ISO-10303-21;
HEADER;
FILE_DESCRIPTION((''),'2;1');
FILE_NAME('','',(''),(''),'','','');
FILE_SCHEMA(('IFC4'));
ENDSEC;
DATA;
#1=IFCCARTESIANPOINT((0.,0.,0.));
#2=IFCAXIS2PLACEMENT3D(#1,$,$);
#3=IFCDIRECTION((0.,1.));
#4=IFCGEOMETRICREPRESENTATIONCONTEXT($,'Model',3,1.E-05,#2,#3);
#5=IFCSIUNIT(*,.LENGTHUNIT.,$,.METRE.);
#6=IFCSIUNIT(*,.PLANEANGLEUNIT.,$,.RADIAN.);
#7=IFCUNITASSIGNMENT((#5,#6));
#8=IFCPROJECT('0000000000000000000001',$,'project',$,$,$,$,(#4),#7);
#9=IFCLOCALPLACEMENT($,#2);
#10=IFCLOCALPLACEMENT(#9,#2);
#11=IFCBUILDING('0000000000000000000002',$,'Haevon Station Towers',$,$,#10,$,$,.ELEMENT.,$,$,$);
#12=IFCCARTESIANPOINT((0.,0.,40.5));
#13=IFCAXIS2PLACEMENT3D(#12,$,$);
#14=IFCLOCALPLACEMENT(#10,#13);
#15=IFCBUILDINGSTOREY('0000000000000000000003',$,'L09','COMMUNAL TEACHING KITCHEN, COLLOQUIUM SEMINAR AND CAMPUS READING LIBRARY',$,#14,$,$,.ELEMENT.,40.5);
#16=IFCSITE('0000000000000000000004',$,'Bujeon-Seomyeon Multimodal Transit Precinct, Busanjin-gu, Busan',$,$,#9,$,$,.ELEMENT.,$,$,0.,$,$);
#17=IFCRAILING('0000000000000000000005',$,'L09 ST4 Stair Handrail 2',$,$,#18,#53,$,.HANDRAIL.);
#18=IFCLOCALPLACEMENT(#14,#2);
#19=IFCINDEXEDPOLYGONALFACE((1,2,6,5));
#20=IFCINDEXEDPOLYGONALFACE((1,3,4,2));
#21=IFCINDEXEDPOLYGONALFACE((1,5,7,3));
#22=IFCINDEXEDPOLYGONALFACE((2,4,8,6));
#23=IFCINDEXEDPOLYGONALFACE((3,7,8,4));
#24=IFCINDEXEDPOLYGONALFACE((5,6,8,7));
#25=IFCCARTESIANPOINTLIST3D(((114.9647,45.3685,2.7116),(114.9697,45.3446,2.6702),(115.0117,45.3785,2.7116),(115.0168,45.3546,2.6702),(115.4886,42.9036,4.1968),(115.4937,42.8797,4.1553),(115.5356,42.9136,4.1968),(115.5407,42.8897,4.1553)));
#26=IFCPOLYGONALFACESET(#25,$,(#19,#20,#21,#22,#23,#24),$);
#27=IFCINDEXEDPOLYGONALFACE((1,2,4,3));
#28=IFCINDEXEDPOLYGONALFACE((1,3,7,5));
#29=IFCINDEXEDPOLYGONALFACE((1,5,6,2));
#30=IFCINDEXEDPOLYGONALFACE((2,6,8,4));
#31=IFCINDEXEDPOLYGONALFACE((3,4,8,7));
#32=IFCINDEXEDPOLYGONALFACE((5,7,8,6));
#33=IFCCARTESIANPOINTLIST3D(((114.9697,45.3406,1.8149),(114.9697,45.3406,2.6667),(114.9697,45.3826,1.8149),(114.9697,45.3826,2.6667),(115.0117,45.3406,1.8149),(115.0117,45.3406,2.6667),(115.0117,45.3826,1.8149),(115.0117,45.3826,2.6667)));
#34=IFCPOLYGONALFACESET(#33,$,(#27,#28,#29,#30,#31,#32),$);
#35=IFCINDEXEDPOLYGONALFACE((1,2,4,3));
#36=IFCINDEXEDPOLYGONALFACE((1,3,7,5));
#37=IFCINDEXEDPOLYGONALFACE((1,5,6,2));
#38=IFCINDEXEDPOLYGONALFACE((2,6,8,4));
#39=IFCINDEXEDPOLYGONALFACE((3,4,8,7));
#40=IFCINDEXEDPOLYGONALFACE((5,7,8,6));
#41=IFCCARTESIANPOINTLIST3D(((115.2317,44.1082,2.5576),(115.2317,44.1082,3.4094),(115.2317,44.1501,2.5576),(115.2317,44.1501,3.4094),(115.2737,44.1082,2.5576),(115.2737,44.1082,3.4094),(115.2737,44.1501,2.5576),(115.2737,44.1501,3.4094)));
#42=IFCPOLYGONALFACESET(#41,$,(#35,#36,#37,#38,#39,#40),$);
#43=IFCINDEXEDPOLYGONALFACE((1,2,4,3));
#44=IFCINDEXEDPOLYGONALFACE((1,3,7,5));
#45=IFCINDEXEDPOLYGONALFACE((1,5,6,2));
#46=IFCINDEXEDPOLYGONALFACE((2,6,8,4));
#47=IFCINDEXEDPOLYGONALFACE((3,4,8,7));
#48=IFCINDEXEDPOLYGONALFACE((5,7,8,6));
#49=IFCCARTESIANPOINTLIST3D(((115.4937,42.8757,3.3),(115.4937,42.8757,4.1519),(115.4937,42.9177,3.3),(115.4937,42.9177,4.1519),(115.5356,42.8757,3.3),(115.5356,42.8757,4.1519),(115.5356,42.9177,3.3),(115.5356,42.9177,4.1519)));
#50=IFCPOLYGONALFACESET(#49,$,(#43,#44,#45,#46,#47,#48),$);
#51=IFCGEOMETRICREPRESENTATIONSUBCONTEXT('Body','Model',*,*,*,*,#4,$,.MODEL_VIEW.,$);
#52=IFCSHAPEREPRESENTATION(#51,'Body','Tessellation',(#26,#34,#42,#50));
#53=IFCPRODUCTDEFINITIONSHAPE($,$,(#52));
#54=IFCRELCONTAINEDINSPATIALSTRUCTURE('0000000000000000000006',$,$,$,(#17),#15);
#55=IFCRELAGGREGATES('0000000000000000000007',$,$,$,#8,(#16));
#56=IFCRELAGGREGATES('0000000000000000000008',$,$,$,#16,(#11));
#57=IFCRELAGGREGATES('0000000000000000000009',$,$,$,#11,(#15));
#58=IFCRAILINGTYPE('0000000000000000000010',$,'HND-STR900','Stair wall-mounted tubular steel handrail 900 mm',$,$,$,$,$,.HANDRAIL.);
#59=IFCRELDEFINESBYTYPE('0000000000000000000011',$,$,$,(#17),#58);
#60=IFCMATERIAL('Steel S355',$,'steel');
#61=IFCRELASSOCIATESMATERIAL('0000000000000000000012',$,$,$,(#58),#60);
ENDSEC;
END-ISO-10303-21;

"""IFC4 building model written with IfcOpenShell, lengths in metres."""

from ifc_helpers import new_model, si_unit, direction, frame, origin, origin_2d, place, context, subcontext, project, spatial, rectangle, extrude, material, type_object, element, save


model = new_model("IFC4")

# Units and contexts
model_context = context("Model", 3, precision=1e-05, world=origin(), true_north=direction((0.0, 1.0)))
body_context = subcontext(model_context, "Body", "Model", "MODEL_VIEW")
ifc_project = project(units=[si_unit("LENGTHUNIT", "METRE"), si_unit("PLANEANGLEUNIT", "RADIAN")], contexts=[model_context])

# Site, building, storey
site_placement = place(None, origin())
site = spatial("IfcSite", under=ifc_project, at=site_placement, Name="Bujeon-Seomyeon Multimodal Transit Precinct, Busanjin-gu, Busan", CompositionType="ELEMENT", RefElevation=0.0)
building_placement = place(site_placement, origin())
building = spatial("IfcBuilding", under=site, at=building_placement, Name="Haevon Station Towers", CompositionType="ELEMENT")
storey_placement = place(building_placement, frame((0.0, 0.0, 40.5)))
storey = spatial("IfcBuildingStorey", under=building, at=storey_placement, Name="L09", Description="COMMUNAL TEACHING KITCHEN, COLLOQUIUM SEMINAR AND CAMPUS READING LIBRARY", CompositionType="ELEMENT", Elevation=40.5)

# Shared definitions
ifc_material_1 = material(Name="Steel S355", Category="steel")

# Railing
railing_type_1 = type_object("IfcRailingType", Name="HND-STR900", Description="Stair wall-mounted tubular steel handrail 900 mm", PredefinedType="HANDRAIL", material=ifc_material_1)
railing_1_placement = place(storey_placement, frame((114.9907, 45.3616, 1.8149)))
element("IfcRailing", 1, at=railing_1_placement, inside=storey, type_object=railing_type_1, Name="L09 ST4 Stair Handrail 2", PredefinedType="HANDRAIL", context=body_context, shape_type="SweptSolid", body=[
    extrude(rectangle(XDim=0.0481, YDim=0.0481, at=origin_2d()), frame((0.0, 0.0, 0.876), z_axis=(0.179121, -0.842688, 0.507733), x_axis=(0.978147, 0.207914, 0.0)), (0.0, 0.0, 1.0), 2.925),
    extrude(rectangle(XDim=0.042, YDim=0.042, at=origin_2d()), origin(), (0.0, 0.0, 1.0), 0.8518),
    extrude(rectangle(XDim=0.042, YDim=0.042, at=origin_2d()), frame((0.262, -1.2324, 0.7427)), (0.0, 0.0, 1.0), 0.8518),
    extrude(rectangle(XDim=0.042, YDim=0.042, at=origin_2d()), frame((0.5239, -2.4648, 1.4851)), (0.0, 0.0, 1.0), 0.8518),
])

save(model, "model.ifc")
